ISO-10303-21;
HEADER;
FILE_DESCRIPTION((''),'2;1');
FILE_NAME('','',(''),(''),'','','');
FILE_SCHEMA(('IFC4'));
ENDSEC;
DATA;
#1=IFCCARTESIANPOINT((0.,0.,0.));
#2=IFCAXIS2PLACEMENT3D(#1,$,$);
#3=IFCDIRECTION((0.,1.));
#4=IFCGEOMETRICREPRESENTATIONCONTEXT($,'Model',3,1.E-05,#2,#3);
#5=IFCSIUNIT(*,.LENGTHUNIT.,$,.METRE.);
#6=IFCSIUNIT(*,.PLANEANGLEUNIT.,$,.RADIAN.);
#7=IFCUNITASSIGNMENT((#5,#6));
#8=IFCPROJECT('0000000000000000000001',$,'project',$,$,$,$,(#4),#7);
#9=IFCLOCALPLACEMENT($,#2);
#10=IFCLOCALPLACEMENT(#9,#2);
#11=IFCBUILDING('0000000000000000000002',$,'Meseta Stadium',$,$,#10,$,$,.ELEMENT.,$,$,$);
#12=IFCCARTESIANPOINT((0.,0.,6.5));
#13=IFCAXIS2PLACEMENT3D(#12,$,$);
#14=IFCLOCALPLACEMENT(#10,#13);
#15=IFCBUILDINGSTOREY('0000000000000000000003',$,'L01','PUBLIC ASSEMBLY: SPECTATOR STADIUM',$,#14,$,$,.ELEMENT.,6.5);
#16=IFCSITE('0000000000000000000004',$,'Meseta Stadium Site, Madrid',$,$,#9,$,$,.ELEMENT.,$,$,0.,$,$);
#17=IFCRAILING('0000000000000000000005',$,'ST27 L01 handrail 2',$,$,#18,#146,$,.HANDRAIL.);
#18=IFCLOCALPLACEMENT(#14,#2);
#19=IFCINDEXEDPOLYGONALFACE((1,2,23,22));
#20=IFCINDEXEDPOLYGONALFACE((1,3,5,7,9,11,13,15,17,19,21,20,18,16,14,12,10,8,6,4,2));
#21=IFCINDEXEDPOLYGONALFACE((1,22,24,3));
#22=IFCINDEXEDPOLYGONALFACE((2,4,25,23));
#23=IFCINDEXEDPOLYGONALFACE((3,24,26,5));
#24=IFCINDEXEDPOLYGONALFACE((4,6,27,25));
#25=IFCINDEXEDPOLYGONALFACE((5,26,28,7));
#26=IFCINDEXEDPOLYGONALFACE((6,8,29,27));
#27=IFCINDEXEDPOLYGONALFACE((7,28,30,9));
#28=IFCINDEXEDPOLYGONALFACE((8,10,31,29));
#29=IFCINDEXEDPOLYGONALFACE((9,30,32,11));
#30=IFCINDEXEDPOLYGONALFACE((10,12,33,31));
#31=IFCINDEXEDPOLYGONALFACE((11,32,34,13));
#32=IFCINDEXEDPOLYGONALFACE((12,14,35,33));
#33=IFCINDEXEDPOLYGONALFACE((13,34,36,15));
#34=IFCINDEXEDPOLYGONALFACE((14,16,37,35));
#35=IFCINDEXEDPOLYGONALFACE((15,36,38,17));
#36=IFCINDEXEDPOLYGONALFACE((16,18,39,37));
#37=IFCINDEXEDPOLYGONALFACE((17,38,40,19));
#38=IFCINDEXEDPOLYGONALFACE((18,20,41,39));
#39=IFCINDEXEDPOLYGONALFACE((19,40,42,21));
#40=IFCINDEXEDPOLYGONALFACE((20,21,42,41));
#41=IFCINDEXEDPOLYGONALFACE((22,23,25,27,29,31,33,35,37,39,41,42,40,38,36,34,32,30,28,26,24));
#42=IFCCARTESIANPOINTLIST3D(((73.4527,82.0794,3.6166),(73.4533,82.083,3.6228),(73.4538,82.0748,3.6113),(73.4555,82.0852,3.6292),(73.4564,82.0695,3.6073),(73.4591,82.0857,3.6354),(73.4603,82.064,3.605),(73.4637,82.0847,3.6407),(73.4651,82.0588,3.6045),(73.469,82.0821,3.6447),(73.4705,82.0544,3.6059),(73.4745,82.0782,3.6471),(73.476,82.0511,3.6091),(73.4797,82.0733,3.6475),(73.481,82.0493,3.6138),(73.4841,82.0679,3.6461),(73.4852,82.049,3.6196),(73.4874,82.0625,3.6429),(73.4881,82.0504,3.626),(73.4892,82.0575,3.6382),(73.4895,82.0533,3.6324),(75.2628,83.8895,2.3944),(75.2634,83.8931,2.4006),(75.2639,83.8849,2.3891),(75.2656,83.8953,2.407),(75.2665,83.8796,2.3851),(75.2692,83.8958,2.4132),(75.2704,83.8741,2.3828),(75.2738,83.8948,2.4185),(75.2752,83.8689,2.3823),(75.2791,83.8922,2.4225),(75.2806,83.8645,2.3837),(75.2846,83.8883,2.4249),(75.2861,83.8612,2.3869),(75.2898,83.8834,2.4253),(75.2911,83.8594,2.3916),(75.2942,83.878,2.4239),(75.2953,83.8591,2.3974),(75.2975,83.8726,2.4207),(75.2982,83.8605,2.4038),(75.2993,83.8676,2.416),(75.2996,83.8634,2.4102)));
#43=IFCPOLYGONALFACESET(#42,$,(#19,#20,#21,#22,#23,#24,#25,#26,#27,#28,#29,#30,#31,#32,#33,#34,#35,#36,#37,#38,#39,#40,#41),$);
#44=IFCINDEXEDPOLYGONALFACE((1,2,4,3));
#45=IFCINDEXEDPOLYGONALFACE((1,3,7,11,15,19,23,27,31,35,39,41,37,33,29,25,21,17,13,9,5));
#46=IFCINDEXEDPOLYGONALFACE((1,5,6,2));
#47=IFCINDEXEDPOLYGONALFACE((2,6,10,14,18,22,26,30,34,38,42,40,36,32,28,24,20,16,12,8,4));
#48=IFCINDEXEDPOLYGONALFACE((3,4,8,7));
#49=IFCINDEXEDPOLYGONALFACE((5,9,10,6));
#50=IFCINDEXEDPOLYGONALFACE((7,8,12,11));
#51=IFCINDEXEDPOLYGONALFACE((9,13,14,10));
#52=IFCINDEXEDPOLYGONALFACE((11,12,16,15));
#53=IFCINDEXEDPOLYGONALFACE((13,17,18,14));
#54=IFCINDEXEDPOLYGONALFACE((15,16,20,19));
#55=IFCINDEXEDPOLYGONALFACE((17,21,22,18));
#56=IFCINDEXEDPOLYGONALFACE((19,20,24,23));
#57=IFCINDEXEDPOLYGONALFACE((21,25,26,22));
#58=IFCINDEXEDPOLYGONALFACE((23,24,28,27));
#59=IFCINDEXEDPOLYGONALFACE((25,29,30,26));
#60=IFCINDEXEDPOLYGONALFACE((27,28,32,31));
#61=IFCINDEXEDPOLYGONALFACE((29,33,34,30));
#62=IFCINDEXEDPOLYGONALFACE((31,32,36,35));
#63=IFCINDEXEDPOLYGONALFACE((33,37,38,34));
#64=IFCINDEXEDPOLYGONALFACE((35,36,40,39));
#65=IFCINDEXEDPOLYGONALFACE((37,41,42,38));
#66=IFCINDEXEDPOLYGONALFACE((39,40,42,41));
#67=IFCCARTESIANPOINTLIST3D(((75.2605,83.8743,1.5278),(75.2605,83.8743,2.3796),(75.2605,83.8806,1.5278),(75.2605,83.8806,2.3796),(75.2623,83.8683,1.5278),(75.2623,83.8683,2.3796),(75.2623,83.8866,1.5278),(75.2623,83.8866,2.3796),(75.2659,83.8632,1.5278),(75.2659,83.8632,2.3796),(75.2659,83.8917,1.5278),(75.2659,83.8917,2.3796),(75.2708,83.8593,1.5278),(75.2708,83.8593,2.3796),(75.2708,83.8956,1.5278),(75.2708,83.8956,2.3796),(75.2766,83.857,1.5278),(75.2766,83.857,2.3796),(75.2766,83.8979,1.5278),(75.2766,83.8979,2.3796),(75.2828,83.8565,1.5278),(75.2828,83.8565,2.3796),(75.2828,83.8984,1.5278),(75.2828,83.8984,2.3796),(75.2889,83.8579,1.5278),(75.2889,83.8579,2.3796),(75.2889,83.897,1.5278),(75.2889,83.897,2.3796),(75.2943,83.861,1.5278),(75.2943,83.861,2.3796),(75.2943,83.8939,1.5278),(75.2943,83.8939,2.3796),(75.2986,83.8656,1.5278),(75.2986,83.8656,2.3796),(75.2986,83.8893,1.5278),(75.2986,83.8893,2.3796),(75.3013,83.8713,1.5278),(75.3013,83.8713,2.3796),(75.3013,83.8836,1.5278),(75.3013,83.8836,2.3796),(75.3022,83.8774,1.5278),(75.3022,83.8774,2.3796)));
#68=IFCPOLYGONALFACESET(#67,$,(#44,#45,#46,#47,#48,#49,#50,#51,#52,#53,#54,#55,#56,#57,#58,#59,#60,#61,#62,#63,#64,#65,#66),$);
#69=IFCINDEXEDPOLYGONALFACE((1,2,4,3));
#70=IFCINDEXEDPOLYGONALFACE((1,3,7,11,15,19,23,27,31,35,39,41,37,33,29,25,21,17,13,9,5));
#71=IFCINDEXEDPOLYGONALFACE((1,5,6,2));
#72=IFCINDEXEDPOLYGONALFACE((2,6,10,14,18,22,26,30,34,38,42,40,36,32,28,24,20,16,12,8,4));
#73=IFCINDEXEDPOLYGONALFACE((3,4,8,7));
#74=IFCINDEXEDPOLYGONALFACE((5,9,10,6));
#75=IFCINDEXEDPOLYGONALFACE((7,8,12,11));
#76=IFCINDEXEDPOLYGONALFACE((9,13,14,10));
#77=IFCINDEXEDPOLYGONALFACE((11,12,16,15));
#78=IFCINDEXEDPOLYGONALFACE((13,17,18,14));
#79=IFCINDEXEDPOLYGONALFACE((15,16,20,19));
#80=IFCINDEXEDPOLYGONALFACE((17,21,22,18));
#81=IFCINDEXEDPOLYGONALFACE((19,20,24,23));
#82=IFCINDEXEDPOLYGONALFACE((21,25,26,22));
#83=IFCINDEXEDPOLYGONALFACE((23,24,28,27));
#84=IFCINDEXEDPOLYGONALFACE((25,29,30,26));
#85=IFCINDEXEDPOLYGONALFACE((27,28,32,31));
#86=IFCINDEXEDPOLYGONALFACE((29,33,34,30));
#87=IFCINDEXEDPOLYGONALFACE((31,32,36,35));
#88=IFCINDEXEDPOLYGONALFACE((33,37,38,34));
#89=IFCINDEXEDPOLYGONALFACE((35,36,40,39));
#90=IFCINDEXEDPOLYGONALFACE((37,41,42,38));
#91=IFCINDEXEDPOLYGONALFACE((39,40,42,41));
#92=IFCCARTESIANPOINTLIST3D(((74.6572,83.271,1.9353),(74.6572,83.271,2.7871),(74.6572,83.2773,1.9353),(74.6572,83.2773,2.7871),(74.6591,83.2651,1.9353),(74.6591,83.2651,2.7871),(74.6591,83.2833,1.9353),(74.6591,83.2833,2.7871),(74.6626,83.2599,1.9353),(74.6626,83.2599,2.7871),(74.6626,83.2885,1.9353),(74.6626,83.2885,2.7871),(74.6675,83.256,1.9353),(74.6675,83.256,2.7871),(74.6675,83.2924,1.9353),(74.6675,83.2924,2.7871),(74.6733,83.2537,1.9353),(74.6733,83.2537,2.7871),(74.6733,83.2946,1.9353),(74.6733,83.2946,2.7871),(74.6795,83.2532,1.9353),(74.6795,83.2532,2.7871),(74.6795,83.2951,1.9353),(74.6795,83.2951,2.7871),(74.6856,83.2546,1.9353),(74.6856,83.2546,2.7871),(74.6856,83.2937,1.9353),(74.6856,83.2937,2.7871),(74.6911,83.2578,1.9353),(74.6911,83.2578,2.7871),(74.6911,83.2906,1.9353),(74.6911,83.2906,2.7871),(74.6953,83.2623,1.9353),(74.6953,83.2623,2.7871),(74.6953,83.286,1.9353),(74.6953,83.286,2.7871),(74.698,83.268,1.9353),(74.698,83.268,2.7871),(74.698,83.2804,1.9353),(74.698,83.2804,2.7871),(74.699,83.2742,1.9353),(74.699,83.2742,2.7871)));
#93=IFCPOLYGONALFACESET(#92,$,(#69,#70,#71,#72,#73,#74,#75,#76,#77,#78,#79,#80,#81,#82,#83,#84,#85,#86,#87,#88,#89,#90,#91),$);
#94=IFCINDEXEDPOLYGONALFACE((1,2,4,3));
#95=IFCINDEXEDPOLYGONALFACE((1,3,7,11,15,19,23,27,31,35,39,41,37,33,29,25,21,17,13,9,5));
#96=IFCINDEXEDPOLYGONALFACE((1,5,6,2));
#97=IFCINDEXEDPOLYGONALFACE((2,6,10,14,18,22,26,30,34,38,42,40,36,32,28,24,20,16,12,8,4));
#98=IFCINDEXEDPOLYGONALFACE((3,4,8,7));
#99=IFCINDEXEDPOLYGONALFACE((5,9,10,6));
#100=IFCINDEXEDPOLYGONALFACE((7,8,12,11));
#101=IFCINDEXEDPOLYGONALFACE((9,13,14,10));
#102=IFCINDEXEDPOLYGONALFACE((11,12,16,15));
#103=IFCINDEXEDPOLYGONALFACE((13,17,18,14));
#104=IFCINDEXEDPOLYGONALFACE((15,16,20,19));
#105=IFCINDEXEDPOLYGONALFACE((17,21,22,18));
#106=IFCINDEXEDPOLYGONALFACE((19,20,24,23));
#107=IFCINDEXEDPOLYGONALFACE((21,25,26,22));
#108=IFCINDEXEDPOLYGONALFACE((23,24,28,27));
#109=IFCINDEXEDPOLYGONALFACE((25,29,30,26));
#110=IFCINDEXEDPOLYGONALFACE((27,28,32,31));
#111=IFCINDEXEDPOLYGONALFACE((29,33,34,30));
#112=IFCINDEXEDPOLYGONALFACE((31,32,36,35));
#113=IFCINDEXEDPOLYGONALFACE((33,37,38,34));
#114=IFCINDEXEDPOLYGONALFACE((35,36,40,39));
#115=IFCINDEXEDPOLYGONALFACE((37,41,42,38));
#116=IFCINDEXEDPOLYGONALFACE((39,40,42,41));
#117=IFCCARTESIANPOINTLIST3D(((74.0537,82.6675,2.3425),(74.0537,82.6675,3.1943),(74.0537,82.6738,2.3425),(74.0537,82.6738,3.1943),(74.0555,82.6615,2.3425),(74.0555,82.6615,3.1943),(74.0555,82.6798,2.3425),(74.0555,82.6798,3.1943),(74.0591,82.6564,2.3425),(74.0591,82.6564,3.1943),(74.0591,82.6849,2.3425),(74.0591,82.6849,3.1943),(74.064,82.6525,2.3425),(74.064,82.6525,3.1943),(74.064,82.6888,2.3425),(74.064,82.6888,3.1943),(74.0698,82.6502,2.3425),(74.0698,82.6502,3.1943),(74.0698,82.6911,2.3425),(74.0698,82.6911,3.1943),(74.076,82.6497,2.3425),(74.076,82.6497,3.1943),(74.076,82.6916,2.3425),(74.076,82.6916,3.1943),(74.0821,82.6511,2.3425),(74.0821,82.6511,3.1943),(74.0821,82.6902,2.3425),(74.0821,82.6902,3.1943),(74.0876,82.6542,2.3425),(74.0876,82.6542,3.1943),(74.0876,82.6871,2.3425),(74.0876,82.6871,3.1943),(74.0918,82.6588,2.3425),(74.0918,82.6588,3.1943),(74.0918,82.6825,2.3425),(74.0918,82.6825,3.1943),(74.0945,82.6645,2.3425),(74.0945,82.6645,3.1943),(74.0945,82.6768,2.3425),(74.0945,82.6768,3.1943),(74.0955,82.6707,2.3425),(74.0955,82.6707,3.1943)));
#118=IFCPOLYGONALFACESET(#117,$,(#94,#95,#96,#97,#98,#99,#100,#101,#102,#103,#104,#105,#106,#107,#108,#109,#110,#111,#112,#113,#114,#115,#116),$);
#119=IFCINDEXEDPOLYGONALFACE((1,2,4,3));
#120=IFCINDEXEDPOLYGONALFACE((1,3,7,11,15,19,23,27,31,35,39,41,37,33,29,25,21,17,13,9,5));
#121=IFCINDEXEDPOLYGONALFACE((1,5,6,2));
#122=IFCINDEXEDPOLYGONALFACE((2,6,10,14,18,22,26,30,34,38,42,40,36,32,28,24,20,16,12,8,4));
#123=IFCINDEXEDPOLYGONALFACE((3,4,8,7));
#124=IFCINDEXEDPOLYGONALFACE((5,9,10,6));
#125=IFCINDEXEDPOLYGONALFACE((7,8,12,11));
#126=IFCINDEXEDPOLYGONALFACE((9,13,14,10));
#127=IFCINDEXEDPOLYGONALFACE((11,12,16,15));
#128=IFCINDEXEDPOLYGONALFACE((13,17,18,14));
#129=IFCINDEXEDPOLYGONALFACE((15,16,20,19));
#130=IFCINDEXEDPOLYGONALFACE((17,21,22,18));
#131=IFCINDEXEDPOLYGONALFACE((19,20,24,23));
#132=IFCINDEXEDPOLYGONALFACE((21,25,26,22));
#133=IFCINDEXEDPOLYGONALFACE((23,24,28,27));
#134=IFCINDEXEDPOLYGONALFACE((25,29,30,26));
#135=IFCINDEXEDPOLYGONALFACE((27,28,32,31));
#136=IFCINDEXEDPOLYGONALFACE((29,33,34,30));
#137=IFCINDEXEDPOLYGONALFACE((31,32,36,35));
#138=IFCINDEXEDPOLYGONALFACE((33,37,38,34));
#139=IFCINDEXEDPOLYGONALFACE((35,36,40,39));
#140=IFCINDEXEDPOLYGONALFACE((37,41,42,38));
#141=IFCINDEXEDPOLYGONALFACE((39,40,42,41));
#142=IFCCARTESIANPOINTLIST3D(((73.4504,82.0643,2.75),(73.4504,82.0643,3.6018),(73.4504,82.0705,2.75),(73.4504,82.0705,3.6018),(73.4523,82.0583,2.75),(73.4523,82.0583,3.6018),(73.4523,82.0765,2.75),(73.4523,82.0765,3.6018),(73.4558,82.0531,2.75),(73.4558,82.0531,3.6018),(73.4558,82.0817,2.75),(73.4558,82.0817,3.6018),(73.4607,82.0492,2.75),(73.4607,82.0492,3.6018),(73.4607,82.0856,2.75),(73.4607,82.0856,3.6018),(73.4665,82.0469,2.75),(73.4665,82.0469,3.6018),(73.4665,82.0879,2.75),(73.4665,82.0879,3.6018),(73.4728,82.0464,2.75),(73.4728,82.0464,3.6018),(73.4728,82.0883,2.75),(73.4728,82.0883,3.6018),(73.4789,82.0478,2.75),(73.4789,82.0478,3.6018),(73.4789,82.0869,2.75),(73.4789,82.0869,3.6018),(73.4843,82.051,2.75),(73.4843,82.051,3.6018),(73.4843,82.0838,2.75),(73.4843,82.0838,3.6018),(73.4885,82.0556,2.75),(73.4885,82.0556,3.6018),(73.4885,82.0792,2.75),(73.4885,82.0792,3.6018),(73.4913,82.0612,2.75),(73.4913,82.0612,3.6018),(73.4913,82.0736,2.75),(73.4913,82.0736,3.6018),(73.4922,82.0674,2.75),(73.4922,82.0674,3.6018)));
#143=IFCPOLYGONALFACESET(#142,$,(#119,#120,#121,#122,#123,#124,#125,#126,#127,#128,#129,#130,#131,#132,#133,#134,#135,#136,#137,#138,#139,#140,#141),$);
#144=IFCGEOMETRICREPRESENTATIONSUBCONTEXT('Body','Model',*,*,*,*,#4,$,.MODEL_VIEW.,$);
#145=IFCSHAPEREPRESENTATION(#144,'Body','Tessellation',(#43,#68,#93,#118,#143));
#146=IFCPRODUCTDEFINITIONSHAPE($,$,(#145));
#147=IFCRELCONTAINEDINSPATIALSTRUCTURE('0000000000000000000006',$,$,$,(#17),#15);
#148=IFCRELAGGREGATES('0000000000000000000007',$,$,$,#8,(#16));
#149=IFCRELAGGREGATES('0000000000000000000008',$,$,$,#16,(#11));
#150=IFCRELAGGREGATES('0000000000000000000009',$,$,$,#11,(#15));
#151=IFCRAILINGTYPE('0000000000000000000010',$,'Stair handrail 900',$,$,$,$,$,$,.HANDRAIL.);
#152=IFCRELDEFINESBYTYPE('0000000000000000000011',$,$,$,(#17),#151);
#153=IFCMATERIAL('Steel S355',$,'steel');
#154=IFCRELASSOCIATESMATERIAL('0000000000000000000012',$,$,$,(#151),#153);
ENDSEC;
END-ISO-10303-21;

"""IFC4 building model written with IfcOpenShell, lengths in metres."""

from ifc_helpers import new_model, si_unit, direction, frame, origin, origin_2d, place, context, subcontext, project, spatial, circle, extrude, material, type_object, element, save


model = new_model("IFC4")

# Units and contexts
model_context = context("Model", 3, precision=1e-05, world=origin(), true_north=direction((0.0, 1.0)))
body_context = subcontext(model_context, "Body", "Model", "MODEL_VIEW")
ifc_project = project(units=[si_unit("LENGTHUNIT", "METRE"), si_unit("PLANEANGLEUNIT", "RADIAN")], contexts=[model_context])

# Site, building, storey
site_placement = place(None, origin())
site = spatial("IfcSite", under=ifc_project, at=site_placement, Name="Meseta Stadium Site, Madrid", CompositionType="ELEMENT", RefElevation=0.0)
building_placement = place(site_placement, origin())
building = spatial("IfcBuilding", under=site, at=building_placement, Name="Meseta Stadium", CompositionType="ELEMENT")
storey_placement = place(building_placement, frame((0.0, 0.0, 6.5)))
storey = spatial("IfcBuildingStorey", under=building, at=storey_placement, Name="L01", Description="PUBLIC ASSEMBLY: SPECTATOR STADIUM", CompositionType="ELEMENT", Elevation=6.5)

# Railing
ifc_material_1 = material(Name="Steel S355", Category="steel")
railing_type_1 = type_object("IfcRailingType", Name="Stair handrail 900", PredefinedType="HANDRAIL", material=ifc_material_1)
for number, where, name in (
    (1, (75.2812, 83.8774, 1.5278), "ST27 L01 handrail 2"),
):
    element("IfcRailing", number, at=place(storey_placement, frame(where)), inside=storey, type_object=railing_type_1, Name=name, PredefinedType="HANDRAIL", context=body_context, shape_type="SweptSolid", body=[
        extrude(circle(Radius=0.0239, at=origin_2d()), frame((0.0, 0.0, 0.876), z_axis=(-0.638108, -0.638108, 0.430856), x_axis=(0.707107, -0.707107, 0.0)), (0.0, 0.0, 1.0), 2.8367),
        extrude(circle(Radius=0.021, at=origin_2d()), origin(), (0.0, 0.0, 1.0), 0.8518),
        extrude(circle(Radius=0.021, at=origin_2d()), frame((-0.6033, -0.6033, 0.4075)), (0.0, 0.0, 1.0), 0.8518),
        extrude(circle(Radius=0.021, at=origin_2d()), frame((-1.2068, -1.2068, 0.8147)), (0.0, 0.0, 1.0), 0.8518),
        extrude(circle(Radius=0.021, at=origin_2d()), frame((-1.8101, -1.8101, 1.2222)), (0.0, 0.0, 1.0), 0.8518),
    ])

save(model, "model.ifc")
